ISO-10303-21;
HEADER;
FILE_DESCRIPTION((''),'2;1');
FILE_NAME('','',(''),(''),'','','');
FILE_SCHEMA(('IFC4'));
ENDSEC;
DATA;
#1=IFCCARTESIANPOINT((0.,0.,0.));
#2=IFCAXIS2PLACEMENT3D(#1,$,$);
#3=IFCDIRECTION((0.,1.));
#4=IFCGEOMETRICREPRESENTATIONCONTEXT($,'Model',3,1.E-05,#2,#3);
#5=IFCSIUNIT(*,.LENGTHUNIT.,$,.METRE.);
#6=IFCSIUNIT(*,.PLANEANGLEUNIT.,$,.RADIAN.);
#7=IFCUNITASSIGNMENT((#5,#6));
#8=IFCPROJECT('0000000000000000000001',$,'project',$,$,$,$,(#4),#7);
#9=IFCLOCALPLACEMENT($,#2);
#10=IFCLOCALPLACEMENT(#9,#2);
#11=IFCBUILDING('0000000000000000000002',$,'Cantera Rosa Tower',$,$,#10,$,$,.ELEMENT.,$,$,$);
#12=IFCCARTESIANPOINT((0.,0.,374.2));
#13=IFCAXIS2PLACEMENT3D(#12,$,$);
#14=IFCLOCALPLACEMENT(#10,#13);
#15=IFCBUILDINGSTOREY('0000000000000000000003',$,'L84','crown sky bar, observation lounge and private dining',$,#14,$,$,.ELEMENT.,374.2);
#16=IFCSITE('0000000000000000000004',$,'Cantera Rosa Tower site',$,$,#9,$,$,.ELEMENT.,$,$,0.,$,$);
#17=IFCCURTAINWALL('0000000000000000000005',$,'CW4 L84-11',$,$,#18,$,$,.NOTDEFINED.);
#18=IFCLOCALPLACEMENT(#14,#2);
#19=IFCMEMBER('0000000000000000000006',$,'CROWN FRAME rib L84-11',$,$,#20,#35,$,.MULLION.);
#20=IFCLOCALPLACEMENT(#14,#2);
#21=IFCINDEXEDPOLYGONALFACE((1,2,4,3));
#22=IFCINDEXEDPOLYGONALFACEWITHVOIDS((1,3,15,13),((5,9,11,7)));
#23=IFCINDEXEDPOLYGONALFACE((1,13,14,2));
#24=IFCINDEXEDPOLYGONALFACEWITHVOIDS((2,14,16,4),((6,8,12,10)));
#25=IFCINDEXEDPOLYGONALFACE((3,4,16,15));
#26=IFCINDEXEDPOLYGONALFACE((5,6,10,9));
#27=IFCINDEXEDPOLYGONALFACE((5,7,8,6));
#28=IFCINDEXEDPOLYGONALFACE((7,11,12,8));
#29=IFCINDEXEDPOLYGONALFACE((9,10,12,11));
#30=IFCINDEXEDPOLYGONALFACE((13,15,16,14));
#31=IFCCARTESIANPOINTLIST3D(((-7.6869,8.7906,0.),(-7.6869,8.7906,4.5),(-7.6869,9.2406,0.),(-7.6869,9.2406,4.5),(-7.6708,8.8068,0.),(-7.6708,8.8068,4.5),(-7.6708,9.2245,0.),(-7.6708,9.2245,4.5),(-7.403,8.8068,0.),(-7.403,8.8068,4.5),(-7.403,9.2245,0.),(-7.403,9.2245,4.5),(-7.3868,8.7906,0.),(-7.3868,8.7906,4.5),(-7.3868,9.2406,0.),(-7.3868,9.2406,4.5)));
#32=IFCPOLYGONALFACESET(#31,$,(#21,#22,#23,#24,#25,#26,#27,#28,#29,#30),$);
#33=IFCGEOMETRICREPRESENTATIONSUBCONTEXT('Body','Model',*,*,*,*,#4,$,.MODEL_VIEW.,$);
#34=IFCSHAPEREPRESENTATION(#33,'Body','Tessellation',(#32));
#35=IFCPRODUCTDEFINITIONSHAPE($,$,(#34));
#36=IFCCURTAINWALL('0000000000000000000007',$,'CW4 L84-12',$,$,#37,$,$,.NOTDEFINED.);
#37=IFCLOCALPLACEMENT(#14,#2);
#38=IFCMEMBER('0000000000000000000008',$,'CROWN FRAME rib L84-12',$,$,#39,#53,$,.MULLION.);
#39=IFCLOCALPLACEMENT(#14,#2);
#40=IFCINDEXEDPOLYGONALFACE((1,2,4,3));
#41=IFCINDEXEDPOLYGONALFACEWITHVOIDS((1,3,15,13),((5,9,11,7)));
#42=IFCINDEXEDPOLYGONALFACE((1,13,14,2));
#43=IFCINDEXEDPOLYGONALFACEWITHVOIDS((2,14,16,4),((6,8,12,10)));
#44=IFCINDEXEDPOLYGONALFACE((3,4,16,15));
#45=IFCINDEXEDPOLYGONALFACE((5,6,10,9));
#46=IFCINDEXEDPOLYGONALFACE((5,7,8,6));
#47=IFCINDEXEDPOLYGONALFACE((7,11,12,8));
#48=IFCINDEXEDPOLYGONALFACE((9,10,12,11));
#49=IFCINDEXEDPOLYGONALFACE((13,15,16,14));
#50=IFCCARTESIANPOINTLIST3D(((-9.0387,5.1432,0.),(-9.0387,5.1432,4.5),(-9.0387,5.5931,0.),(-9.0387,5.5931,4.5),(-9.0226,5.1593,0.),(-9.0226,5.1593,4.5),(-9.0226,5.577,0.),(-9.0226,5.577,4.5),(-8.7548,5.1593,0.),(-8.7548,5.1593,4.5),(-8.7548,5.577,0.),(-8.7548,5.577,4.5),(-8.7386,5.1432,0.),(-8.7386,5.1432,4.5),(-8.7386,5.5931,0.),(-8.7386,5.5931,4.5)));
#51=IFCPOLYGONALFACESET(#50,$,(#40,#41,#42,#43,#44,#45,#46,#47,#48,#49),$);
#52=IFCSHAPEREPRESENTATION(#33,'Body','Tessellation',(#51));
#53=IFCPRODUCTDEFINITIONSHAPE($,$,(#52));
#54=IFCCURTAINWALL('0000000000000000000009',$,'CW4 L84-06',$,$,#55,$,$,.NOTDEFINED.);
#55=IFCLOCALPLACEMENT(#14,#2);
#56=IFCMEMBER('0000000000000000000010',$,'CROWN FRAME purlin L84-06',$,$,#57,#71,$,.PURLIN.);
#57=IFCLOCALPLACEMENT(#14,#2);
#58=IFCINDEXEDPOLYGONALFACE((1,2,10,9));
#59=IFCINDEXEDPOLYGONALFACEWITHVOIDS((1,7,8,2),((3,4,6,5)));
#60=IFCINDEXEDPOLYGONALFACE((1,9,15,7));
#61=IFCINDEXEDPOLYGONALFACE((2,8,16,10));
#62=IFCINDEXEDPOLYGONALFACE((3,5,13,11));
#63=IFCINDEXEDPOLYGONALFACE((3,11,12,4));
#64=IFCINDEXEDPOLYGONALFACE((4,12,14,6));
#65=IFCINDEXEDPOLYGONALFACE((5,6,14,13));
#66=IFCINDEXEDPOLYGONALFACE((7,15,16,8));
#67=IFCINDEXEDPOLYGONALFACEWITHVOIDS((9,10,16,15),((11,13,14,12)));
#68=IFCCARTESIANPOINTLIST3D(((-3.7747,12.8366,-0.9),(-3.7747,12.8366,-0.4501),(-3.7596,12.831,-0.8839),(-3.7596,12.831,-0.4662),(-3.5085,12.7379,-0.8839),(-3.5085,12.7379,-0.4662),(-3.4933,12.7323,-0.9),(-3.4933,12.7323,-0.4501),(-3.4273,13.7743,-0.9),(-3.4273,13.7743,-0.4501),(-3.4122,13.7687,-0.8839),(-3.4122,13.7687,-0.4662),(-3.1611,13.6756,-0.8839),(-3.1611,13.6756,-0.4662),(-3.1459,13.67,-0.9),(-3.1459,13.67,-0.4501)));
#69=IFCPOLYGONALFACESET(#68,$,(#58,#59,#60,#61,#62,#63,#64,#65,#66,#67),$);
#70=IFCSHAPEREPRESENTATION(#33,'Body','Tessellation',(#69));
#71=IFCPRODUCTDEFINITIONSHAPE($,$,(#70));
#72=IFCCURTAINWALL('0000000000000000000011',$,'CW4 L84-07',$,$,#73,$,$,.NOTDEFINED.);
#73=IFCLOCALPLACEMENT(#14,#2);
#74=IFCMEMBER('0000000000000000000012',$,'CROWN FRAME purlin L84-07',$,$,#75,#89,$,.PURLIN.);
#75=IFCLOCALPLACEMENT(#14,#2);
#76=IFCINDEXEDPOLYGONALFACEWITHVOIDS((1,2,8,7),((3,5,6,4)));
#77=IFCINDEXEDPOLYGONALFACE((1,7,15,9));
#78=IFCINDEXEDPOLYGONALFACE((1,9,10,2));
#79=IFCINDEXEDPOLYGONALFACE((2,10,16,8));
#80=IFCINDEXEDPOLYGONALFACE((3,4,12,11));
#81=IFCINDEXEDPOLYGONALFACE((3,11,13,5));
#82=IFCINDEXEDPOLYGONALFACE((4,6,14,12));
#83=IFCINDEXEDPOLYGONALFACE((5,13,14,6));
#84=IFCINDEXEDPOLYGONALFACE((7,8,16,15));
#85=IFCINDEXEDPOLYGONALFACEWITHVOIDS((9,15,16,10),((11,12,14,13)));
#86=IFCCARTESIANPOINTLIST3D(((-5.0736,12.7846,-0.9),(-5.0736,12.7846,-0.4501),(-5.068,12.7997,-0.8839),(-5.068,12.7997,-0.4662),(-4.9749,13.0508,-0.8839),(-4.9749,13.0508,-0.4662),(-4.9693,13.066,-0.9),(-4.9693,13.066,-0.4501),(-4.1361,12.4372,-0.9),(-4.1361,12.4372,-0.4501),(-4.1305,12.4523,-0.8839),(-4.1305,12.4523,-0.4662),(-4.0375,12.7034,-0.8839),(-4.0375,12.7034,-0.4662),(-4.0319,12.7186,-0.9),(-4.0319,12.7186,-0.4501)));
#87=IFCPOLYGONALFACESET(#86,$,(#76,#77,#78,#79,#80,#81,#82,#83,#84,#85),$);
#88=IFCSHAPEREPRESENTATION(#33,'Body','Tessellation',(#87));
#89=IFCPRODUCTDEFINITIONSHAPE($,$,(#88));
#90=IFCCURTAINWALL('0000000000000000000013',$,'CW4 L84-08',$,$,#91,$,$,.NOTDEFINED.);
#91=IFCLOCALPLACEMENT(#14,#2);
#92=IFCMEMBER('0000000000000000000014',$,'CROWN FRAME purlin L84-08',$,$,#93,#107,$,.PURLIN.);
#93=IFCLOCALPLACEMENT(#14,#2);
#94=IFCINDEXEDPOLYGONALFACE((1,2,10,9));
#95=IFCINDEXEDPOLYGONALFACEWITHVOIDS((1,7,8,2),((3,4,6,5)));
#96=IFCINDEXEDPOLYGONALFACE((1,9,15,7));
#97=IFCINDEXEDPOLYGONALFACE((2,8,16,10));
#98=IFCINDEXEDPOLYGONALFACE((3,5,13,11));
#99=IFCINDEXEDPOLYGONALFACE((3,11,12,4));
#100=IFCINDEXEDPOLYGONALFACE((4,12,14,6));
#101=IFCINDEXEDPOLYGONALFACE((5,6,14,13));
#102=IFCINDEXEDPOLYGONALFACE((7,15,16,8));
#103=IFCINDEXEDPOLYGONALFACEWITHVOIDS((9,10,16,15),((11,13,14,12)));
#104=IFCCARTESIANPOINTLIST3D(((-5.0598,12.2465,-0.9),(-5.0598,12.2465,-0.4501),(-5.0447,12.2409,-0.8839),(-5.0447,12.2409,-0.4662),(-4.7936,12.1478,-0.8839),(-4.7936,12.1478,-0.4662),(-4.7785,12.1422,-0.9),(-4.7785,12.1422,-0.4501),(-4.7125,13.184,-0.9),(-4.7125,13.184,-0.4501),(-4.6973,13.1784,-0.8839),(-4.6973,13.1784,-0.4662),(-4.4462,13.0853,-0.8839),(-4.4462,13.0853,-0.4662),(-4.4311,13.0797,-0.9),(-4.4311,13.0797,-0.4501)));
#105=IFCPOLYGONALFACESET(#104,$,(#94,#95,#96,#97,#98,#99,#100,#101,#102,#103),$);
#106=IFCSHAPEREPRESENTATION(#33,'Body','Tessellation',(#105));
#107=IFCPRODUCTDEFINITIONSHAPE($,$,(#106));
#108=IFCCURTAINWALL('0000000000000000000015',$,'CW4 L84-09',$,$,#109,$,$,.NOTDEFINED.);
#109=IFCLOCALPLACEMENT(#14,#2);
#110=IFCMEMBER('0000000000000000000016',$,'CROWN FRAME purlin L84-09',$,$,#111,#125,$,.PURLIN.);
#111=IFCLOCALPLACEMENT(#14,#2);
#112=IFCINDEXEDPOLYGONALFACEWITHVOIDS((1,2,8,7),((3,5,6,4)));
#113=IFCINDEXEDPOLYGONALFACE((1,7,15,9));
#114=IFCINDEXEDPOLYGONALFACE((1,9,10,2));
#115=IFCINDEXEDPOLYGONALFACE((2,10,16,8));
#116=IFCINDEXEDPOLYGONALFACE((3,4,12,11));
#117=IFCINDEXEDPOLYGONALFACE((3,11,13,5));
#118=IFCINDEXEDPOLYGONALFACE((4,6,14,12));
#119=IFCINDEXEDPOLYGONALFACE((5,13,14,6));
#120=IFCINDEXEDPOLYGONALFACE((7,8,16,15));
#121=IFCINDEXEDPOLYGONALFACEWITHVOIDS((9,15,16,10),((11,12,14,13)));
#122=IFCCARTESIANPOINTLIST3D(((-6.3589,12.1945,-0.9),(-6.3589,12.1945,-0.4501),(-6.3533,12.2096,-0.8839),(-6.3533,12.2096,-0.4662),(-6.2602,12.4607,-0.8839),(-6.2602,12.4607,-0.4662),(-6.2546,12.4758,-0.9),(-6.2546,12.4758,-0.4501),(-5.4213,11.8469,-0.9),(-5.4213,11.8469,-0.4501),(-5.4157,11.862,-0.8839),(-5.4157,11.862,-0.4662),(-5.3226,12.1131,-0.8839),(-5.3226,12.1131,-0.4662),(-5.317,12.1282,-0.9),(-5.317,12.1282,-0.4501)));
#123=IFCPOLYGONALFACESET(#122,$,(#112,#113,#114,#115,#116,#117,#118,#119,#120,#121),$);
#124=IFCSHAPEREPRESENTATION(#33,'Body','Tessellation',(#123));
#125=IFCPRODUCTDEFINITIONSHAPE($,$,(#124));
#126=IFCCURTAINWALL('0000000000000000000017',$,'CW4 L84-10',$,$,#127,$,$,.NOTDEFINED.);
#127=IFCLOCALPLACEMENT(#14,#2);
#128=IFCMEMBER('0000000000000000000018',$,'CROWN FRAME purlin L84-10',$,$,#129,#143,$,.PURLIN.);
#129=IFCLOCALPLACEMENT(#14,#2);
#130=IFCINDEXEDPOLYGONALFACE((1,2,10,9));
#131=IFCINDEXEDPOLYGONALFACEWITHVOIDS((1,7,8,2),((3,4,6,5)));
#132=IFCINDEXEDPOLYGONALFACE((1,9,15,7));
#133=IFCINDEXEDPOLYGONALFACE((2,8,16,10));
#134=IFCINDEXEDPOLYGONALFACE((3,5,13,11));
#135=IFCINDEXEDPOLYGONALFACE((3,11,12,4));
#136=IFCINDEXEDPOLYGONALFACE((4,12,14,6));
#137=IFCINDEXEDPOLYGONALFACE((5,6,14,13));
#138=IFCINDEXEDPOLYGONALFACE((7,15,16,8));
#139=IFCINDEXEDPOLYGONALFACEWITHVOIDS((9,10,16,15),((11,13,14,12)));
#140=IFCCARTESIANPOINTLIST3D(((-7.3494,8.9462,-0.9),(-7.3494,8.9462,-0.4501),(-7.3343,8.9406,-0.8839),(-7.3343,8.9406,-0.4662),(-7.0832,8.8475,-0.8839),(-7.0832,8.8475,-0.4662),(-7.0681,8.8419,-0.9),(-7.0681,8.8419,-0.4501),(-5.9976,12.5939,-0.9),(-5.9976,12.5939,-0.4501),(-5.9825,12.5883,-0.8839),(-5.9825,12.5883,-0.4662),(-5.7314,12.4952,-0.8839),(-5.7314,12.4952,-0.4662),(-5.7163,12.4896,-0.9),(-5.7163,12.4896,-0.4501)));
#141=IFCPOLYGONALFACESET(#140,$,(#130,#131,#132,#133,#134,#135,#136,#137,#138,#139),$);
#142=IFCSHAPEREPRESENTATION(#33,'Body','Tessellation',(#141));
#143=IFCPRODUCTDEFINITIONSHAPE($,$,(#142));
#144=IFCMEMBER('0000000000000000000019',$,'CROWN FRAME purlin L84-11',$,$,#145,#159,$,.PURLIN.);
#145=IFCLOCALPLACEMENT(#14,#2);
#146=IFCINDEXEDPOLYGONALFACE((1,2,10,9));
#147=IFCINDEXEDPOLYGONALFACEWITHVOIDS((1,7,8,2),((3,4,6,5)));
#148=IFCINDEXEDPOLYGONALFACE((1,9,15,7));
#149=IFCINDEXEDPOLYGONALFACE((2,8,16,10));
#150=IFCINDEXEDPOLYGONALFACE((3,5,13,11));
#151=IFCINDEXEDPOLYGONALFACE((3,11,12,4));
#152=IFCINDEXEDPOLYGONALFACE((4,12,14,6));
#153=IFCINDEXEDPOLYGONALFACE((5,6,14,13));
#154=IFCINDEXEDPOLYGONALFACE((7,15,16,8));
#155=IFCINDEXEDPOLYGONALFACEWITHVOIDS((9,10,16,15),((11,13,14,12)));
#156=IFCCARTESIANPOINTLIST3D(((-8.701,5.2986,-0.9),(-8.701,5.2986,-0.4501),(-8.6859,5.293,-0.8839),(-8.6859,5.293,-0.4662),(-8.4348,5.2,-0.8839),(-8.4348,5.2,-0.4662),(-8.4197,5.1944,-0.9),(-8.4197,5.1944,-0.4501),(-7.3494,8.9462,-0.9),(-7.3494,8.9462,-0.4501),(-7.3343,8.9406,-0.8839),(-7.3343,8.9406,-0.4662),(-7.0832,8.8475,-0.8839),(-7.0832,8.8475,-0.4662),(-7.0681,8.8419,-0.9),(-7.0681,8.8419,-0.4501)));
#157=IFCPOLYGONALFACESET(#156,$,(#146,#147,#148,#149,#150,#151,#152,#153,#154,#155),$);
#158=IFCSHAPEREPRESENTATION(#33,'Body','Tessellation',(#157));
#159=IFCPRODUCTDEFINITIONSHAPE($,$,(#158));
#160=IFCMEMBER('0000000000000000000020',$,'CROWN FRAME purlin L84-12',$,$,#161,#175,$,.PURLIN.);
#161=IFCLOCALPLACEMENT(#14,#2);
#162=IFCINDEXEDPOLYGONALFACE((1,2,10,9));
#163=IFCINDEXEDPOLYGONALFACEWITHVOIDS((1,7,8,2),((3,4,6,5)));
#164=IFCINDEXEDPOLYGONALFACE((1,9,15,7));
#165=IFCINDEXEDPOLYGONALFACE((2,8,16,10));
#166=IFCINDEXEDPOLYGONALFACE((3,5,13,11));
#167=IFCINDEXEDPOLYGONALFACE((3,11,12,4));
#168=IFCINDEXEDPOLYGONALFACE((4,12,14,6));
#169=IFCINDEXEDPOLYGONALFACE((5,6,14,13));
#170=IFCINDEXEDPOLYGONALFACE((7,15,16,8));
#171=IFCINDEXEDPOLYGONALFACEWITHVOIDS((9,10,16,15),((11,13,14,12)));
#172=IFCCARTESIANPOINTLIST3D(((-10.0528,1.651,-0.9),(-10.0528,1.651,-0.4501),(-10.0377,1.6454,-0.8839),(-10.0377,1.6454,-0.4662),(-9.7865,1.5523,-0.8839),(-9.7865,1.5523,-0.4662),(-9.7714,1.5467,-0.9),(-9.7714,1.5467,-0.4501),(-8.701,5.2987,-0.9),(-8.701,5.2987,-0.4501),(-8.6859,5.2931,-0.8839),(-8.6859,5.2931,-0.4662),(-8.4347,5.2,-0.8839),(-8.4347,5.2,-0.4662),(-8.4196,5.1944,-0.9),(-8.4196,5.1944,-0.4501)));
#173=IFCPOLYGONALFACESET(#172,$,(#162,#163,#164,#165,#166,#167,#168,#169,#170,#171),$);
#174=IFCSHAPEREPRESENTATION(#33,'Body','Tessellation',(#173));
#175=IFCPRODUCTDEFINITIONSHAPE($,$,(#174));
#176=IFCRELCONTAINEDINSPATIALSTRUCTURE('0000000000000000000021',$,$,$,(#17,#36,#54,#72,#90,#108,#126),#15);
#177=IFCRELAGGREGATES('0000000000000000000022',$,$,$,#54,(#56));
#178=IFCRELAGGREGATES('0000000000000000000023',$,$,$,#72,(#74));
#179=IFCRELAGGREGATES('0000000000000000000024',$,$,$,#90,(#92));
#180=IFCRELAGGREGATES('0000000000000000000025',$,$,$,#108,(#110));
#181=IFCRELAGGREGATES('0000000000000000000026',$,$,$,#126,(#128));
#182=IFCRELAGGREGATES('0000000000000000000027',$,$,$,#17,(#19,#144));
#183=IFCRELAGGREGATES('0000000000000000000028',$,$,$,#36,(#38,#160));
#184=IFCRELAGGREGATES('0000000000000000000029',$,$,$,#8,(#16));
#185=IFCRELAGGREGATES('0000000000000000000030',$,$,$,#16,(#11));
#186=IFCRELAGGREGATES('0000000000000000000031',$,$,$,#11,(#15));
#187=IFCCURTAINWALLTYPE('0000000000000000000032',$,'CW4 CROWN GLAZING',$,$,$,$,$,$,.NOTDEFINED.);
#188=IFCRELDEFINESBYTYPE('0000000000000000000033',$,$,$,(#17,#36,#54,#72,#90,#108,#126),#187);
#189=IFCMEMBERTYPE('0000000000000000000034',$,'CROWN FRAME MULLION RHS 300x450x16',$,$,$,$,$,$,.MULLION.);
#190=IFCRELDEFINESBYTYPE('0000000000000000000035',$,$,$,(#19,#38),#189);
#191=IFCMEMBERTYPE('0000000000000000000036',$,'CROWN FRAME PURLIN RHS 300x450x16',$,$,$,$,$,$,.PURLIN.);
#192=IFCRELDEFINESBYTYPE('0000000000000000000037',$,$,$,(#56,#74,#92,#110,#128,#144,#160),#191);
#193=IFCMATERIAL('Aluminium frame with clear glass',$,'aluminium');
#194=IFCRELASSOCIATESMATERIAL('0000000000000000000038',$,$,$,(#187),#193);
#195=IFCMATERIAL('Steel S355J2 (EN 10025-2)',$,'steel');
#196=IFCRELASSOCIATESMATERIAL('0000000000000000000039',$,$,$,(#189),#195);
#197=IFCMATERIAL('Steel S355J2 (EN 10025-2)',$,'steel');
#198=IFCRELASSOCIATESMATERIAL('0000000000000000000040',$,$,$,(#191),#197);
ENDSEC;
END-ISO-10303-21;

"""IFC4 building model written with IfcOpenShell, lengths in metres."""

from ifc_helpers import new_model, si_unit, direction, frame, origin, origin_2d, place, context, subcontext, project, spatial, hollow_rectangle, extrude, material, material_profile, profile_set, type_object, element, aggregate, save


model = new_model("IFC4")

# Units and contexts
model_context = context("Model", 3, precision=1e-05, world=origin(), true_north=direction((0.0, 1.0)))
body_context = subcontext(model_context, "Body", "Model", "MODEL_VIEW")
ifc_project = project(units=[si_unit("LENGTHUNIT", "METRE"), si_unit("PLANEANGLEUNIT", "RADIAN")], contexts=[model_context])

# Site, building, storey
site_placement = place(None, origin())
site = spatial("IfcSite", under=ifc_project, at=site_placement, Name="Cantera Rosa Tower site", CompositionType="ELEMENT", RefElevation=0.0)
building_placement = place(site_placement, origin())
building = spatial("IfcBuilding", under=site, at=building_placement, Name="Cantera Rosa Tower", CompositionType="ELEMENT")
storey_placement = place(building_placement, frame((0.0, 0.0, 374.2)))
storey = spatial("IfcBuildingStorey", under=building, at=storey_placement, Name="L84", Description="crown sky bar, observation lounge and private dining", CompositionType="ELEMENT", Elevation=374.2)

# Curtain walls, members
ifc_material_1 = material(Name="Aluminium frame with clear glass", Category="aluminium")
curtain_wall_type = type_object("IfcCurtainWallType", Name="CW4 CROWN GLAZING", PredefinedType="NOTDEFINED", material=ifc_material_1)
curtain_wall_1_placement = place(storey_placement, origin())
curtain_wall_1 = element("IfcCurtainWall", 1, at=curtain_wall_1_placement, inside=storey, type_object=curtain_wall_type, Name="CW4 L84-11", PredefinedType="NOTDEFINED")
ifc_material_2 = material(Name="Steel S355J2 (EN 10025-2)", Category="steel")
ifc_material_profile_1 = material_profile(ifc_material_2, hollow_rectangle(XDim=0.3, YDim=0.45, WallThickness=0.0161, at=origin_2d()), Name="CROWN FRAME MULLION RHS 300x450x16")
ifc_profile_set_1 = profile_set([ifc_material_profile_1], Name="Steel S355J2 (EN 10025-2)")
member_type_1 = type_object("IfcMemberType", Name="CROWN FRAME MULLION RHS 300x450x16", PredefinedType="MULLION", material=ifc_profile_set_1)
member_1_placement = place(storey_placement, frame((-7.5369, 9.0156, 0.0), z_axis=(0.0, 0.0, 1.0), x_axis=(1.0, 0.0, 0.0)))
member_1 = element("IfcMember", 2, at=member_1_placement, type_object=member_type_1, Name="CROWN FRAME rib L84-11", PredefinedType="MULLION", context=body_context, shape_type="SweptSolid", body=[
    extrude(hollow_rectangle(XDim=0.3, YDim=0.45, WallThickness=0.0161, at=origin_2d()), origin(), (0.0, 0.0, 1.0), 4.5),
])
curtain_wall_2_placement = place(storey_placement, origin())
curtain_wall_2 = element("IfcCurtainWall", 3, at=curtain_wall_2_placement, inside=storey, type_object=curtain_wall_type, Name="CW4 L84-12", PredefinedType="NOTDEFINED")
member_2_placement = place(storey_placement, frame((-8.8887, 5.3682, 0.0), z_axis=(0.0, 0.0, 1.0), x_axis=(1.0, 0.0, 0.0)))
member_2 = element("IfcMember", 4, at=member_2_placement, type_object=member_type_1, Name="CROWN FRAME rib L84-12", PredefinedType="MULLION", context=body_context, shape_type="SweptSolid", body=[
    extrude(hollow_rectangle(XDim=0.3, YDim=0.45, WallThickness=0.0161, at=origin_2d()), origin(), (0.0, 0.0, 1.0), 4.5),
])
curtain_wall_3_placement = place(storey_placement, origin())
curtain_wall_3 = element("IfcCurtainWall", 5, at=curtain_wall_3_placement, inside=storey, type_object=curtain_wall_type, Name="CW4 L84-06", PredefinedType="NOTDEFINED")
ifc_material_3 = material(Name="Steel S355J2 (EN 10025-2)", Category="steel")
ifc_material_profile_2 = material_profile(ifc_material_3, hollow_rectangle(XDim=0.3, YDim=0.45, WallThickness=0.0161, at=origin_2d()), Name="CROWN FRAME PURLIN RHS 300x450x16")
ifc_profile_set_2 = profile_set([ifc_material_profile_2], Name="Steel S355J2 (EN 10025-2)")
member_type_2 = type_object("IfcMemberType", Name="CROWN FRAME PURLIN RHS 300x450x16", PredefinedType="PURLIN", material=ifc_profile_set_2)
member_3_placement = place(storey_placement, frame((-3.2866, 13.7222, -0.675), z_axis=(-0.347402, -0.937716, 0.0), x_axis=(0.937716, -0.347402, 0.0)))
member_3 = element("IfcMember", 6, at=member_3_placement, type_object=member_type_2, Name="CROWN FRAME purlin L84-06", PredefinedType="PURLIN", context=body_context, shape_type="SweptSolid", body=[
    extrude(hollow_rectangle(XDim=0.3, YDim=0.45, WallThickness=0.0161, at=origin_2d()), origin(), (0.0, 0.0, 1.0), 1.0),
])
curtain_wall_4_placement = place(storey_placement, origin())
curtain_wall_4 = element("IfcCurtainWall", 7, at=curtain_wall_4_placement, inside=storey, type_object=curtain_wall_type, Name="CW4 L84-07", PredefinedType="NOTDEFINED")
member_4_placement = place(storey_placement, frame((-4.084, 12.5779, -0.675), z_axis=(-0.937687, 0.347481, 0.0), x_axis=(-0.347481, -0.937687, 0.0)))
member_4 = element("IfcMember", 8, at=member_4_placement, type_object=member_type_2, Name="CROWN FRAME purlin L84-07", PredefinedType="PURLIN", context=body_context, shape_type="SweptSolid", body=[
    extrude(hollow_rectangle(XDim=0.3, YDim=0.45, WallThickness=0.0161, at=origin_2d()), origin(), (0.0, 0.0, 1.0), 0.9998),
])
curtain_wall_5_placement = place(storey_placement, origin())
curtain_wall_5 = element("IfcCurtainWall", 9, at=curtain_wall_5_placement, inside=storey, type_object=curtain_wall_type, Name="CW4 L84-08", PredefinedType="NOTDEFINED")
member_5_placement = place(storey_placement, frame((-4.5718, 13.1318, -0.675), z_axis=(-0.347481, -0.937687, 0.0), x_axis=(0.937687, -0.347481, 0.0)))
member_5 = element("IfcMember", 10, at=member_5_placement, type_object=member_type_2, Name="CROWN FRAME purlin L84-08", PredefinedType="PURLIN", context=body_context, shape_type="SweptSolid", body=[
    extrude(hollow_rectangle(XDim=0.3, YDim=0.45, WallThickness=0.0161, at=origin_2d()), origin(), (0.0, 0.0, 1.0), 0.9998),
])
curtain_wall_6_placement = place(storey_placement, origin())
curtain_wall_6 = element("IfcCurtainWall", 11, at=curtain_wall_6_placement, inside=storey, type_object=curtain_wall_type, Name="CW4 L84-09", PredefinedType="NOTDEFINED")
member_6_placement = place(storey_placement, frame((-5.3691, 11.9875, -0.675), z_axis=(-0.937637, 0.347616, 0.0), x_axis=(-0.347616, -0.937637, 0.0)))
member_6 = element("IfcMember", 12, at=member_6_placement, type_object=member_type_2, Name="CROWN FRAME purlin L84-09", PredefinedType="PURLIN", context=body_context, shape_type="SweptSolid", body=[
    extrude(hollow_rectangle(XDim=0.3, YDim=0.45, WallThickness=0.0161, at=origin_2d()), origin(), (0.0, 0.0, 1.0), 1.0),
])
curtain_wall_7_placement = place(storey_placement, origin())
curtain_wall_7 = element("IfcCurtainWall", 13, at=curtain_wall_7_placement, inside=storey, type_object=curtain_wall_type, Name="CW4 L84-10", PredefinedType="NOTDEFINED")
member_7_placement = place(storey_placement, frame((-5.8569, 12.5417, -0.675), z_axis=(-0.347496, -0.937681, 0.0), x_axis=(0.937681, -0.347496, 0.0)))
member_7 = element("IfcMember", 14, at=member_7_placement, type_object=member_type_2, Name="CROWN FRAME purlin L84-10", PredefinedType="PURLIN", context=body_context, shape_type="SweptSolid", body=[
    extrude(hollow_rectangle(XDim=0.3, YDim=0.45, WallThickness=0.0161, at=origin_2d()), origin(), (0.0, 0.0, 1.0), 3.8901),
])

# Members
member_8_placement = place(storey_placement, frame((-7.2087, 8.894, -0.675), z_axis=(-0.347462, -0.937694, 0.0), x_axis=(0.937694, -0.347462, 0.0)))
member_8 = element("IfcMember", 15, at=member_8_placement, type_object=member_type_2, Name="CROWN FRAME purlin L84-11", PredefinedType="PURLIN", context=body_context, shape_type="SweptSolid", body=[
    extrude(hollow_rectangle(XDim=0.3, YDim=0.45, WallThickness=0.0161, at=origin_2d()), origin(), (0.0, 0.0, 1.0), 3.8899),
])
member_9_placement = place(storey_placement, frame((-8.5603, 5.2466, -0.675), z_axis=(-0.347496, -0.937681, 0.0), x_axis=(0.937681, -0.347496, 0.0)))
member_9 = element("IfcMember", 16, at=member_9_placement, type_object=member_type_2, Name="CROWN FRAME purlin L84-12", PredefinedType="PURLIN", context=body_context, shape_type="SweptSolid", body=[
    extrude(hollow_rectangle(XDim=0.3, YDim=0.45, WallThickness=0.0161, at=origin_2d()), origin(), (0.0, 0.0, 1.0), 3.8901),
])

aggregate(curtain_wall_3, [member_3])
aggregate(curtain_wall_4, [member_4])
aggregate(curtain_wall_5, [member_5])
aggregate(curtain_wall_6, [member_6])
aggregate(curtain_wall_7, [member_7])
aggregate(curtain_wall_1, [member_1, member_8])
aggregate(curtain_wall_2, [member_2, member_9])

save(model, "model.ifc")
